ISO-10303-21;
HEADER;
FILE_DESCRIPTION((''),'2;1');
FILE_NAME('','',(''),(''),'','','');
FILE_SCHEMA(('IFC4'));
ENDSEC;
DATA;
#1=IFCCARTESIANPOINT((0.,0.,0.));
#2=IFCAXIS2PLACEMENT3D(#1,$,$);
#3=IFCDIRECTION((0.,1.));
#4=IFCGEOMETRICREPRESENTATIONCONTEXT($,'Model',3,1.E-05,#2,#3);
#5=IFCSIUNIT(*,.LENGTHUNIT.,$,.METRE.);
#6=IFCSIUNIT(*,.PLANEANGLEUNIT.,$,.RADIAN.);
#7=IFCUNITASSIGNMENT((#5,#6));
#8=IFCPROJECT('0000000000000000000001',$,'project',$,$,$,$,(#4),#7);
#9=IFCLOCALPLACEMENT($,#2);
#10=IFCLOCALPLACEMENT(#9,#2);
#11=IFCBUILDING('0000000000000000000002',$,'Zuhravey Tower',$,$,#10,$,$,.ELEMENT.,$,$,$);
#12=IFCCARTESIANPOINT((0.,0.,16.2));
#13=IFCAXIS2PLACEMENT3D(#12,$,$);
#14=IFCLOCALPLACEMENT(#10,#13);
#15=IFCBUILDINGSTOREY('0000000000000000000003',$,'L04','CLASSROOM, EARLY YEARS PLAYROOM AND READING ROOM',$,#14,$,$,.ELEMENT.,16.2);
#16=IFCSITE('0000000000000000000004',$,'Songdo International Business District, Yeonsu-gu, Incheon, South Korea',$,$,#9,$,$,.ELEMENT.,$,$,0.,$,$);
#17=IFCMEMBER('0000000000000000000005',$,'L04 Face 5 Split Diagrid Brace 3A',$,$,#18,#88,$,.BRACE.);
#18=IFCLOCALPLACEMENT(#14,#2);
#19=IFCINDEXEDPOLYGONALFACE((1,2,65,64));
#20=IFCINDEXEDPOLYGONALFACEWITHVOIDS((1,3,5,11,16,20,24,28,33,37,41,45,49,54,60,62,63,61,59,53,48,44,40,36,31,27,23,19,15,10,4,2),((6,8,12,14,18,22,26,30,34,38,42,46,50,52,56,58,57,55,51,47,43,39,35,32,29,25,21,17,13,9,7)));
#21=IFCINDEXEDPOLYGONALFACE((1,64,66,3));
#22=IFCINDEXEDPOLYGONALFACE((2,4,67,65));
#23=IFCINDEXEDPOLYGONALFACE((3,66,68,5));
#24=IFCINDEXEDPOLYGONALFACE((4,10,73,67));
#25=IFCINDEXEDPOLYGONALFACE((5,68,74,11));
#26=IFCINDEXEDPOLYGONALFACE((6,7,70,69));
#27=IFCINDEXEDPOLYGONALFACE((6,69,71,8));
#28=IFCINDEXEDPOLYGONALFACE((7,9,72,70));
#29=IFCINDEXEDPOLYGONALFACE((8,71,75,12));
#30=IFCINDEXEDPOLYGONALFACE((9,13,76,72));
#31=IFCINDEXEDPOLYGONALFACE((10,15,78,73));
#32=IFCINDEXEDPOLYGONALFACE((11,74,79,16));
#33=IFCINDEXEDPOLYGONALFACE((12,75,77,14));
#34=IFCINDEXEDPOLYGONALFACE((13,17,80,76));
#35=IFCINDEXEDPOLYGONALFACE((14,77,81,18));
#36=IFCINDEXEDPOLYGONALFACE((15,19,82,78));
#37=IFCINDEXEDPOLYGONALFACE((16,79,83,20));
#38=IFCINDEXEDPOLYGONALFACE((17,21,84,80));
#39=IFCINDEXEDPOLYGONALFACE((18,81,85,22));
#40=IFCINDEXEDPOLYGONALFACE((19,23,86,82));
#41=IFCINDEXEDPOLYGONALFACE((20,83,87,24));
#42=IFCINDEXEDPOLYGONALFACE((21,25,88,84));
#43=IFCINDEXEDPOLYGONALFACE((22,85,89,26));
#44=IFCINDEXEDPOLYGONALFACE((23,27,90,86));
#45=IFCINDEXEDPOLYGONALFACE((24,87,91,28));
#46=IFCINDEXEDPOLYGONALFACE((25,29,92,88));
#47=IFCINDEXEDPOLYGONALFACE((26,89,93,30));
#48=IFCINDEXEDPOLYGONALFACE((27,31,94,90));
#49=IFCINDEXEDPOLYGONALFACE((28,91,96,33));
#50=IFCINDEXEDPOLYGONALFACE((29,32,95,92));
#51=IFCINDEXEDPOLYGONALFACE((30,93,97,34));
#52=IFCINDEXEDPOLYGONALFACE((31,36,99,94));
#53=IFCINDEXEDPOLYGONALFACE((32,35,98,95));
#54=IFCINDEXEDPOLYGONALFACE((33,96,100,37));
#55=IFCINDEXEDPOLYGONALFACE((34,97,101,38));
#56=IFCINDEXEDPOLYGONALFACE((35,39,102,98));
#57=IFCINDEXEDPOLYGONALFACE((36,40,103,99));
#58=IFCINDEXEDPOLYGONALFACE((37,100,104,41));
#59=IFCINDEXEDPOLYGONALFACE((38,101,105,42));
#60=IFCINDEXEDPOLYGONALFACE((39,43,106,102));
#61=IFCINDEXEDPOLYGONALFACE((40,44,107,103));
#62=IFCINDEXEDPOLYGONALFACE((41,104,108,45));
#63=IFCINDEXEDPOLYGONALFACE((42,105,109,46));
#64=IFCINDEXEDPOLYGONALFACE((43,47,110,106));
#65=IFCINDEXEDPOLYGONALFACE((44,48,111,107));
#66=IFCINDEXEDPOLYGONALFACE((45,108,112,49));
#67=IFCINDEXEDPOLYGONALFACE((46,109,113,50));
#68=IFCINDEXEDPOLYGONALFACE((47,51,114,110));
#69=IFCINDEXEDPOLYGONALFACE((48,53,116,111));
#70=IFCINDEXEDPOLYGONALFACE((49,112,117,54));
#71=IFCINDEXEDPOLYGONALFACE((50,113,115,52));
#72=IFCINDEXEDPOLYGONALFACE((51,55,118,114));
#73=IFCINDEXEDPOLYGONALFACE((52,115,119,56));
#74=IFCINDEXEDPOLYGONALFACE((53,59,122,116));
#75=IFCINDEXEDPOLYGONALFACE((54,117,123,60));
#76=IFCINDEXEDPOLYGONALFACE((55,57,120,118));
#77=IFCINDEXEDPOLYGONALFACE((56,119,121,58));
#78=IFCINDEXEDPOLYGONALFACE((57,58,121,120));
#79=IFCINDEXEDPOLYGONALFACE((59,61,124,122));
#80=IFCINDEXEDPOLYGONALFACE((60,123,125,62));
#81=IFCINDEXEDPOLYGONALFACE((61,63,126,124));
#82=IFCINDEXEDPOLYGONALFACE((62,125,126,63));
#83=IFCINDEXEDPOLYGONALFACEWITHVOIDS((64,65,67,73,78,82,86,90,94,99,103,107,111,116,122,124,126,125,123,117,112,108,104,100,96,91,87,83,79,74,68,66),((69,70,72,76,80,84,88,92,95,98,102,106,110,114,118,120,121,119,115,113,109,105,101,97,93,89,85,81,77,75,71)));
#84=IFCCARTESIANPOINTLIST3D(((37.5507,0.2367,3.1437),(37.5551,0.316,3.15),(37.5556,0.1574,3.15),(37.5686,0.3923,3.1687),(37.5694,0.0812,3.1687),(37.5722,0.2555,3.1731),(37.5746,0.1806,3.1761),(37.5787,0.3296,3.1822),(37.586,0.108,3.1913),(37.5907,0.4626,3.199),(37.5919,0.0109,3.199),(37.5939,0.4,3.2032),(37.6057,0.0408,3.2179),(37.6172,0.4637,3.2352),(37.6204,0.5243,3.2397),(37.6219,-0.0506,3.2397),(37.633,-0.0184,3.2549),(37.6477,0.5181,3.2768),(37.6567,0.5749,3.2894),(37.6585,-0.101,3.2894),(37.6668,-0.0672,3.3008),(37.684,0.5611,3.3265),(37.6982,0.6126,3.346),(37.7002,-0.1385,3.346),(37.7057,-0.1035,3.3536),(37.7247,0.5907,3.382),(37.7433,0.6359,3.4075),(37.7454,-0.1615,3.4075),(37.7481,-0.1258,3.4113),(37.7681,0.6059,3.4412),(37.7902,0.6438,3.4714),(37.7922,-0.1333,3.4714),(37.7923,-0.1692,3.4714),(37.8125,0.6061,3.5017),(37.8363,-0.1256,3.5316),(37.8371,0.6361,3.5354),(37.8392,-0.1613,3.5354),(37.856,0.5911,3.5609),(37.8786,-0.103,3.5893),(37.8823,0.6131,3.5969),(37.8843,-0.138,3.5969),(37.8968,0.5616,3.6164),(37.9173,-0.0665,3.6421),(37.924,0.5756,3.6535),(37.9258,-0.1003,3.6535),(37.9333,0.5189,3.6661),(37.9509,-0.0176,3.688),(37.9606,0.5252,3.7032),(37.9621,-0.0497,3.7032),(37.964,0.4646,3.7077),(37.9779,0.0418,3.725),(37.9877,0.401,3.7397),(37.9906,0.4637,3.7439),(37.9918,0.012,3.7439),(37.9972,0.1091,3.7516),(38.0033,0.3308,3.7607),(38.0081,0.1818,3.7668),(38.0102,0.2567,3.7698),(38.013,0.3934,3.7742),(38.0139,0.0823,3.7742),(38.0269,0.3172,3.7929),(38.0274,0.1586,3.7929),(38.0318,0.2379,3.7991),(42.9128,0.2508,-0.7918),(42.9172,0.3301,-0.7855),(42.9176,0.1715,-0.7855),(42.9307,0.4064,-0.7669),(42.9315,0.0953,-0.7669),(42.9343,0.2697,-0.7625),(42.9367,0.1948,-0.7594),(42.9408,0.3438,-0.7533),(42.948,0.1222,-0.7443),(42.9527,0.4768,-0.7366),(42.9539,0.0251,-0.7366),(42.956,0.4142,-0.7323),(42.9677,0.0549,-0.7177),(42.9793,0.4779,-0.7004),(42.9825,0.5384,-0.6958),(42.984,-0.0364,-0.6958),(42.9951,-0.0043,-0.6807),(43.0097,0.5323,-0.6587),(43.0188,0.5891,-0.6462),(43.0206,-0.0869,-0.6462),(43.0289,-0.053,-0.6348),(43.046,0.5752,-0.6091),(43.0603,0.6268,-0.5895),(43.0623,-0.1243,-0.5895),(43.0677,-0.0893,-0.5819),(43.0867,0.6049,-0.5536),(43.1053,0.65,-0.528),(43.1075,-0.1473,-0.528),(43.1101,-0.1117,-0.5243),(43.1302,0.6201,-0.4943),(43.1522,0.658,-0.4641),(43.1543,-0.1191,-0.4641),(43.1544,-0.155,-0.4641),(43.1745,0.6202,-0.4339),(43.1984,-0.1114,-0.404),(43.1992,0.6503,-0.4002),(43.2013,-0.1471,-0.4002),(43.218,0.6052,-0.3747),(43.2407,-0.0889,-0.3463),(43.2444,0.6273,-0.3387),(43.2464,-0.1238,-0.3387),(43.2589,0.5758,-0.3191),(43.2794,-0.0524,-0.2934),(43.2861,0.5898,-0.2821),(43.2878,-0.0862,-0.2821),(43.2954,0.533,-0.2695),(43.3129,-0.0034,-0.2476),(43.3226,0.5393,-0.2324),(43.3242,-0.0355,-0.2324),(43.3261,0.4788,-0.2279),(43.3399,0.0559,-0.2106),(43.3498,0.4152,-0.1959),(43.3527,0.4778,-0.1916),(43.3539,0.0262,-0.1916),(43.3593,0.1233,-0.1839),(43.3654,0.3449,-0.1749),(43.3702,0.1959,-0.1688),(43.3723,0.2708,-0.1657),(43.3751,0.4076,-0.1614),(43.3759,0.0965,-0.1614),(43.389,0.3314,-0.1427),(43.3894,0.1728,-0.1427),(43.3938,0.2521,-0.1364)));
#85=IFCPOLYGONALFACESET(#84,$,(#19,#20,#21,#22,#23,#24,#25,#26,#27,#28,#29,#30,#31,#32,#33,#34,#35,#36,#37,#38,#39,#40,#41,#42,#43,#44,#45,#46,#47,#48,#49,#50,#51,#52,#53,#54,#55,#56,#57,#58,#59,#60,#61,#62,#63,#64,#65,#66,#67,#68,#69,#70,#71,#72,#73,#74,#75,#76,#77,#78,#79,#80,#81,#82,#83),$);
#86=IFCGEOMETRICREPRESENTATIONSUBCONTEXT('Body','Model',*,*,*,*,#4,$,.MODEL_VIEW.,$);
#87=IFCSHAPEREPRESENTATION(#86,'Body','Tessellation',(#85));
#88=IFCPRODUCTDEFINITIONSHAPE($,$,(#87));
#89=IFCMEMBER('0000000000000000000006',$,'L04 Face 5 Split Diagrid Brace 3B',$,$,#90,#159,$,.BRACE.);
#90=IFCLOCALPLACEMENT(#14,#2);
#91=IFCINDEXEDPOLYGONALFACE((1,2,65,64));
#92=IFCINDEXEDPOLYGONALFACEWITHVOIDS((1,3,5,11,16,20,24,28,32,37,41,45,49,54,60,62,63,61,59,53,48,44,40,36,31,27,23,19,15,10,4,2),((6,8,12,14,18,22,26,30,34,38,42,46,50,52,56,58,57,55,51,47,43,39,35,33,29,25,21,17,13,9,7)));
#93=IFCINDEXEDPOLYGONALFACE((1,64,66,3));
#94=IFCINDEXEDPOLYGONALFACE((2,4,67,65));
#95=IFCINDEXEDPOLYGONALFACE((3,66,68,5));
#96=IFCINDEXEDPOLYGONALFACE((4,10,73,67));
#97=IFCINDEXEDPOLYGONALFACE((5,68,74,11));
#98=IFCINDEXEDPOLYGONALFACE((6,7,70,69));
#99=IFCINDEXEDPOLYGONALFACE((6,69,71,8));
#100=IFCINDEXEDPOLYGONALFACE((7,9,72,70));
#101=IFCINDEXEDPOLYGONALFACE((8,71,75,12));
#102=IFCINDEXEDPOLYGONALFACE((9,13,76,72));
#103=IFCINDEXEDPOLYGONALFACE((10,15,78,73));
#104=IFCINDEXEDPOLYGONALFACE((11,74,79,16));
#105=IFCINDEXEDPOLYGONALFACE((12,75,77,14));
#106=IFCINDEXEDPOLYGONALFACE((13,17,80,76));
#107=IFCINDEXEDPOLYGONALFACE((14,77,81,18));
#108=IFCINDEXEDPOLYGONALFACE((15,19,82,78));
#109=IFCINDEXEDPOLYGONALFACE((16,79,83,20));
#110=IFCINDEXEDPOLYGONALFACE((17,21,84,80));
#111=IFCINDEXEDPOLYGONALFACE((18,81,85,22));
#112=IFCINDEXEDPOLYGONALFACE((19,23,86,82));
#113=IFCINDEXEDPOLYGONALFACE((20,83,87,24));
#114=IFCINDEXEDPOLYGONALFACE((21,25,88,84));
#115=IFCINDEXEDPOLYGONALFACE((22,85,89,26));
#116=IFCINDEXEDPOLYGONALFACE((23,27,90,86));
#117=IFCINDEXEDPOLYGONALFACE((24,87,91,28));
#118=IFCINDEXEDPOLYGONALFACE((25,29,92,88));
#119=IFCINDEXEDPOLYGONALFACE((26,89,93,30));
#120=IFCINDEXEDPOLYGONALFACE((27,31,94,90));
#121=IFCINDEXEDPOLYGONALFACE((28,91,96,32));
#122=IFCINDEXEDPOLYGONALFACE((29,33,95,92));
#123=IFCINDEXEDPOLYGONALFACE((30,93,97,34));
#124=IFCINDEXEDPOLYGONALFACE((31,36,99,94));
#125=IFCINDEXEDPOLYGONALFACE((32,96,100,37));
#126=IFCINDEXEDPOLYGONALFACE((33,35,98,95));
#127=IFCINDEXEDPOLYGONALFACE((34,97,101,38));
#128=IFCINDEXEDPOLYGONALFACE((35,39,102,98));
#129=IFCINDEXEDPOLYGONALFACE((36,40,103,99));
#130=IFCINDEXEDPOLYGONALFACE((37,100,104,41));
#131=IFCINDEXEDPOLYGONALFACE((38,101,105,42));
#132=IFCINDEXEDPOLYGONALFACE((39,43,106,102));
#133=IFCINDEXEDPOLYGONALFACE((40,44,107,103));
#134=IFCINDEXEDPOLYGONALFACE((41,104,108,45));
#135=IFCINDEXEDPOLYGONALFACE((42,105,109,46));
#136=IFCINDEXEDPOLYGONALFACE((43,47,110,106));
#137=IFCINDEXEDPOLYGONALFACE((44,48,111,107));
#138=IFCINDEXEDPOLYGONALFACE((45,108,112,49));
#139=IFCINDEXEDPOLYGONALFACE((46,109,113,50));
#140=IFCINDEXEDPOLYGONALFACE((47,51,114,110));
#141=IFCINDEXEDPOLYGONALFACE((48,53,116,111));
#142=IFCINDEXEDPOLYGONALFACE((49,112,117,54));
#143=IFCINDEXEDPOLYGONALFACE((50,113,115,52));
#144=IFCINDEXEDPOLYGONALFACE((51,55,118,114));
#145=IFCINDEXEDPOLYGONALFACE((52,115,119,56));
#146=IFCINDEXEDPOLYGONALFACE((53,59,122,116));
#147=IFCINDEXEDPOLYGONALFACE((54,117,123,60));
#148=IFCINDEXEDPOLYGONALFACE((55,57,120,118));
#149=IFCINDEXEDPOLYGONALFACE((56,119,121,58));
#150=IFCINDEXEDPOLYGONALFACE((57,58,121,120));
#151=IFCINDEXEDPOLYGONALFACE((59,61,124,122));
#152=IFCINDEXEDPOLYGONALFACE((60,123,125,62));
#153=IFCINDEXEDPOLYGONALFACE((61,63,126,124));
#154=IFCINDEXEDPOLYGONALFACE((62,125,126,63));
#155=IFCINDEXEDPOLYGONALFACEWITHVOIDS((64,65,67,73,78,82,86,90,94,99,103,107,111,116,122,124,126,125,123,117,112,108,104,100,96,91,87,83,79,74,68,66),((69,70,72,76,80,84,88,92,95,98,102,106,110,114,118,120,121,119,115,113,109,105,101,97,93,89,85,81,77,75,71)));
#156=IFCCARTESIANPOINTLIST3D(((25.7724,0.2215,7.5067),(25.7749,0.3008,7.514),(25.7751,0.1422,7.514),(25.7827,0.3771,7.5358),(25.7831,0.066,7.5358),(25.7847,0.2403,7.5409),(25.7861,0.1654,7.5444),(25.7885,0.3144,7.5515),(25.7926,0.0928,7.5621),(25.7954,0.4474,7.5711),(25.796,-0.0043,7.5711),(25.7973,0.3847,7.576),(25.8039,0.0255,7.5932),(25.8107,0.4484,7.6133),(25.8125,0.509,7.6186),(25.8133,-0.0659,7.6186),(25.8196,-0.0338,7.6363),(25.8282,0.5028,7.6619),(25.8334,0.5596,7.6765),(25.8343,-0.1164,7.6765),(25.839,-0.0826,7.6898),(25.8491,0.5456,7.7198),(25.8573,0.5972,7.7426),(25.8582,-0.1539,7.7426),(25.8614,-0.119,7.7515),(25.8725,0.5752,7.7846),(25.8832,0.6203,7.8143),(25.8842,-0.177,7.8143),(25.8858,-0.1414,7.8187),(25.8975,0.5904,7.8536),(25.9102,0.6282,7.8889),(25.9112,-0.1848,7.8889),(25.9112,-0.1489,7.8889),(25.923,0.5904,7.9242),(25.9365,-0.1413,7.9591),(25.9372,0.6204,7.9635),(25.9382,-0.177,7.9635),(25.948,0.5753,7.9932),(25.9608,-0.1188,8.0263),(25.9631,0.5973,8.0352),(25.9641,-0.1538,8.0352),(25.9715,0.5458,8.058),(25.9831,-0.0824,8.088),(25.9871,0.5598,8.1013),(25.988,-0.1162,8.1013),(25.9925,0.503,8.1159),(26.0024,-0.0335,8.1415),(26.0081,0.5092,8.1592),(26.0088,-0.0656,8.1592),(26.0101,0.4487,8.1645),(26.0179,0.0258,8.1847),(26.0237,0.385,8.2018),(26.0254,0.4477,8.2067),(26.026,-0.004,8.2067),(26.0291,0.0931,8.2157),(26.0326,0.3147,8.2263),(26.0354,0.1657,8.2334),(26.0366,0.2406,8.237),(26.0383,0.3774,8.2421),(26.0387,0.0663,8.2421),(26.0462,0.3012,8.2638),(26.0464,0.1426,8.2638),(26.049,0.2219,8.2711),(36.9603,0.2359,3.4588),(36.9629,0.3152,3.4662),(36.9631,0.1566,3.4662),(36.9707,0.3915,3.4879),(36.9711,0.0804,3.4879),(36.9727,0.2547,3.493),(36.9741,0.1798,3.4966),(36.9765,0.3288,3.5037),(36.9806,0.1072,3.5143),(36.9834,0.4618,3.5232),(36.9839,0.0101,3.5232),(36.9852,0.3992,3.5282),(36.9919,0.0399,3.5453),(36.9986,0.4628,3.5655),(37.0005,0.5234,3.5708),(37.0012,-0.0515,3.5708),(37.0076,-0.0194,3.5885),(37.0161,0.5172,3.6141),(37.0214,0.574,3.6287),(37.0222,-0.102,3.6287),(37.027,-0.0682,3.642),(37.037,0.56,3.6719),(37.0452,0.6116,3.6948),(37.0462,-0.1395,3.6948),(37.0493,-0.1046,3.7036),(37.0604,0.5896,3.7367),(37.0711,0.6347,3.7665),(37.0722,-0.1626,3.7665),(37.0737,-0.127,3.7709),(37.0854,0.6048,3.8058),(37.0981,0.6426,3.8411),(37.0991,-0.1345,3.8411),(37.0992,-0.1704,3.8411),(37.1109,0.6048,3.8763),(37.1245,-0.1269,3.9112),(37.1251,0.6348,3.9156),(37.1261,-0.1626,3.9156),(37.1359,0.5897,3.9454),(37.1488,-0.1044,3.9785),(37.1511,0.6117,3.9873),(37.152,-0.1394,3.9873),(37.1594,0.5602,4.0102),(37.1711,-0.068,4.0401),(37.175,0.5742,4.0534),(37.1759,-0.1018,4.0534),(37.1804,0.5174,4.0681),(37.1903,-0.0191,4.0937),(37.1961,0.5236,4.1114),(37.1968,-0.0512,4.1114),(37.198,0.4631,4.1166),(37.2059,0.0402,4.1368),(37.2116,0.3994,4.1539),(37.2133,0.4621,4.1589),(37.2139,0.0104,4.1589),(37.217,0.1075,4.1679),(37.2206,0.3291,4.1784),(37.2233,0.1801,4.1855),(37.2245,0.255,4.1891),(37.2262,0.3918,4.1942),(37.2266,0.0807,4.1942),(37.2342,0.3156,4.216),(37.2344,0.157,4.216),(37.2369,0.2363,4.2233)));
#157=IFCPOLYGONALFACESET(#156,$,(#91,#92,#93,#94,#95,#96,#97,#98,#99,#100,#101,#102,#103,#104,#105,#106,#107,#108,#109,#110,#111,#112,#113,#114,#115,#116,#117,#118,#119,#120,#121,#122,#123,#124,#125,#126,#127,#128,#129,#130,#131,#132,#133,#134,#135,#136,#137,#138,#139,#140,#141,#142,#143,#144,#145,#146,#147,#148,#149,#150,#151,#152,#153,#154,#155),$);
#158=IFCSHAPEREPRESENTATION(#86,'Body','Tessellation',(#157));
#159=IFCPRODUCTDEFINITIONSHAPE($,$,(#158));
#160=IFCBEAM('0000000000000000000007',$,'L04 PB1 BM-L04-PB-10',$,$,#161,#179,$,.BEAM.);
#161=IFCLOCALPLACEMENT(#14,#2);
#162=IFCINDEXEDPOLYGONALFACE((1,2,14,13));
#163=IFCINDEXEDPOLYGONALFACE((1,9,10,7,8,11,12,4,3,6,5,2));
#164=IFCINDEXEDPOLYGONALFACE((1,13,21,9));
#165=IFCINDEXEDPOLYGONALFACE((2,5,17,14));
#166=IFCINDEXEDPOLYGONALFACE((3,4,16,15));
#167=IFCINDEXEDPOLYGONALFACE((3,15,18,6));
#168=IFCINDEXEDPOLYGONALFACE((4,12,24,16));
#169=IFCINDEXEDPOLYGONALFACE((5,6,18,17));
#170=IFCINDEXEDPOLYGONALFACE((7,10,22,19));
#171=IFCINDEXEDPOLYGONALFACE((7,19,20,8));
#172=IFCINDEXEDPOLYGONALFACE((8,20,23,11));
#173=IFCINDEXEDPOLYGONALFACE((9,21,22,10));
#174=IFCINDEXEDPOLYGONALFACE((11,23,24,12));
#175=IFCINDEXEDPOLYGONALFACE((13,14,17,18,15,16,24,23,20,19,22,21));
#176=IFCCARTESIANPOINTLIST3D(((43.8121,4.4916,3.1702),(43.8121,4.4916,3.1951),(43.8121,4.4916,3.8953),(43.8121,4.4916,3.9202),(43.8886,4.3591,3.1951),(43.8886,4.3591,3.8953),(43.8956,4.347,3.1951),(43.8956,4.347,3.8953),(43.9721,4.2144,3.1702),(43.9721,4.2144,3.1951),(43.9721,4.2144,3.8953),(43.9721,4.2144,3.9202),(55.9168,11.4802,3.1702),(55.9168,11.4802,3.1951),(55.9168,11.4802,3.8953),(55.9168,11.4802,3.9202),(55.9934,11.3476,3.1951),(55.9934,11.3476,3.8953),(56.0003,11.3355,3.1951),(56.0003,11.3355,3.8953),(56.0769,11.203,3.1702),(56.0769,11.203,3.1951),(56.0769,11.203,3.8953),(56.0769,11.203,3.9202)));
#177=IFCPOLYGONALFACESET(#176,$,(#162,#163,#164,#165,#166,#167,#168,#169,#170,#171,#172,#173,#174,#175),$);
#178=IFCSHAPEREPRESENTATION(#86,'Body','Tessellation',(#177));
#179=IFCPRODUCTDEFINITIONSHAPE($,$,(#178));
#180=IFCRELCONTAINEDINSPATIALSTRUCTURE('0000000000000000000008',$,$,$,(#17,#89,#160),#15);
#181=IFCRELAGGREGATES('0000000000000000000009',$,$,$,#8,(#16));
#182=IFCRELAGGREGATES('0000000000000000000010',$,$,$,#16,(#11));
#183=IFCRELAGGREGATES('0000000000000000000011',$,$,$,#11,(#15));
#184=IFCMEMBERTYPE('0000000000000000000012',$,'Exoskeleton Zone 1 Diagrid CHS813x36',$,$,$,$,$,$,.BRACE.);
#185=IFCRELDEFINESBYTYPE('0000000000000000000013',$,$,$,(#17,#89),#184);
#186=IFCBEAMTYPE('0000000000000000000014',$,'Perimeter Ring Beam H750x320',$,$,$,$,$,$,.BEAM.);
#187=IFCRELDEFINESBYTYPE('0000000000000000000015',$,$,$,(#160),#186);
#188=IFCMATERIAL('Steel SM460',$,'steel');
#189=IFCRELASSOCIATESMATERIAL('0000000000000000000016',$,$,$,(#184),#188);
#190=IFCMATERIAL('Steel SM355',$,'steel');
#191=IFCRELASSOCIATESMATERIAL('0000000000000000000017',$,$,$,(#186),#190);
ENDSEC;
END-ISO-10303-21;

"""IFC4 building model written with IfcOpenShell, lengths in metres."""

from ifc_helpers import new_model, si_unit, direction, frame, origin, origin_2d, place, context, subcontext, project, spatial, hollow_circle, i_section, extrude, material, material_profile, profile_set, type_object, element, save


model = new_model("IFC4")

# Units and contexts
model_context = context("Model", 3, precision=1e-05, world=origin(), true_north=direction((0.0, 1.0)))
body_context = subcontext(model_context, "Body", "Model", "MODEL_VIEW")
ifc_project = project(units=[si_unit("LENGTHUNIT", "METRE"), si_unit("PLANEANGLEUNIT", "RADIAN")], contexts=[model_context])

# Site, building, storey
site_placement = place(None, origin())
site = spatial("IfcSite", under=ifc_project, at=site_placement, Name="Songdo International Business District, Yeonsu-gu, Incheon, South Korea", CompositionType="ELEMENT", RefElevation=0.0)
building_placement = place(site_placement, origin())
building = spatial("IfcBuilding", under=site, at=building_placement, Name="Zuhravey Tower", CompositionType="ELEMENT")
storey_placement = place(building_placement, frame((0.0, 0.0, 16.2)))
storey = spatial("IfcBuildingStorey", under=building, at=storey_placement, Name="L04", Description="CLASSROOM, EARLY YEARS PLAYROOM AND READING ROOM", CompositionType="ELEMENT", Elevation=16.2)

# Members
ifc_material_1 = material(Name="Steel SM460", Category="steel")
ifc_material_profile_1 = material_profile(ifc_material_1, hollow_circle(Radius=0.4065, WallThickness=0.0359, at=origin_2d()), Name="CHS-812.8x36")
ifc_profile_set_1 = profile_set([ifc_material_profile_1], Name="Steel SM460")
member_type_1 = type_object("IfcMemberType", Name="Exoskeleton Zone 1 Diagrid CHS813x36", PredefinedType="BRACE", material=ifc_profile_set_1)
member_1_placement = place(storey_placement, frame((43.1533, 0.2515, -0.4641), z_axis=(-0.806162, -0.002129, 0.591692), x_axis=(0.002641, -0.999997, 0.0)))
element("IfcMember", 1, at=member_1_placement, inside=storey, type_object=member_type_1, Name="L04 Face 5 Split Diagrid Brace 3A", PredefinedType="BRACE", context=body_context, shape_type="SweptSolid", body=[
    extrude(hollow_circle(Radius=0.4065, WallThickness=0.0359, at=origin_2d()), origin(), (0.0, 0.0, 1.0), 6.6514),
])
member_2_placement = place(storey_placement, frame((37.0986, 0.2361, 3.8411), z_axis=(-0.940345, -0.001211, 0.34022), x_axis=(0.001287, -0.999999, 0.0)))
element("IfcMember", 2, at=member_2_placement, inside=storey, type_object=member_type_1, Name="L04 Face 5 Split Diagrid Brace 3B", PredefinedType="BRACE", context=body_context, shape_type="SweptSolid", body=[
    extrude(hollow_circle(Radius=0.4065, WallThickness=0.0359, at=origin_2d()), origin(), (0.0, 0.0, 1.0), 11.8977),
])

# Beam
ifc_material_2 = material(Name="Steel SM355", Category="steel")
ifc_material_profile_2 = material_profile(ifc_material_2, i_section(OverallWidth=0.3201, OverallDepth=0.75, WebThickness=0.0139, FlangeThickness=0.0249, at=origin_2d()), Name="H-750x320x14x25")
ifc_profile_set_2 = profile_set([ifc_material_profile_2], Name="Steel SM355")
beam_type_1 = type_object("IfcBeamType", Name="Perimeter Ring Beam H750x320", PredefinedType="BEAM", material=ifc_profile_set_2)
beam_1_placement = place(storey_placement, frame((43.8921, 4.353, 3.5452), z_axis=(0.86603, 0.499992, 0.0), x_axis=(-0.499992, 0.86603, 0.0)))
element("IfcBeam", 3, at=beam_1_placement, inside=storey, type_object=beam_type_1, Name="L04 PB1 BM-L04-PB-10", PredefinedType="BEAM", context=body_context, shape_type="SweptSolid", body=[
    extrude(i_section(OverallWidth=0.3201, OverallDepth=0.75, WebThickness=0.0139, FlangeThickness=0.0249, at=origin_2d()), origin(), (0.0, 0.0, 1.0), 13.9773),
])

save(model, "model.ifc")
